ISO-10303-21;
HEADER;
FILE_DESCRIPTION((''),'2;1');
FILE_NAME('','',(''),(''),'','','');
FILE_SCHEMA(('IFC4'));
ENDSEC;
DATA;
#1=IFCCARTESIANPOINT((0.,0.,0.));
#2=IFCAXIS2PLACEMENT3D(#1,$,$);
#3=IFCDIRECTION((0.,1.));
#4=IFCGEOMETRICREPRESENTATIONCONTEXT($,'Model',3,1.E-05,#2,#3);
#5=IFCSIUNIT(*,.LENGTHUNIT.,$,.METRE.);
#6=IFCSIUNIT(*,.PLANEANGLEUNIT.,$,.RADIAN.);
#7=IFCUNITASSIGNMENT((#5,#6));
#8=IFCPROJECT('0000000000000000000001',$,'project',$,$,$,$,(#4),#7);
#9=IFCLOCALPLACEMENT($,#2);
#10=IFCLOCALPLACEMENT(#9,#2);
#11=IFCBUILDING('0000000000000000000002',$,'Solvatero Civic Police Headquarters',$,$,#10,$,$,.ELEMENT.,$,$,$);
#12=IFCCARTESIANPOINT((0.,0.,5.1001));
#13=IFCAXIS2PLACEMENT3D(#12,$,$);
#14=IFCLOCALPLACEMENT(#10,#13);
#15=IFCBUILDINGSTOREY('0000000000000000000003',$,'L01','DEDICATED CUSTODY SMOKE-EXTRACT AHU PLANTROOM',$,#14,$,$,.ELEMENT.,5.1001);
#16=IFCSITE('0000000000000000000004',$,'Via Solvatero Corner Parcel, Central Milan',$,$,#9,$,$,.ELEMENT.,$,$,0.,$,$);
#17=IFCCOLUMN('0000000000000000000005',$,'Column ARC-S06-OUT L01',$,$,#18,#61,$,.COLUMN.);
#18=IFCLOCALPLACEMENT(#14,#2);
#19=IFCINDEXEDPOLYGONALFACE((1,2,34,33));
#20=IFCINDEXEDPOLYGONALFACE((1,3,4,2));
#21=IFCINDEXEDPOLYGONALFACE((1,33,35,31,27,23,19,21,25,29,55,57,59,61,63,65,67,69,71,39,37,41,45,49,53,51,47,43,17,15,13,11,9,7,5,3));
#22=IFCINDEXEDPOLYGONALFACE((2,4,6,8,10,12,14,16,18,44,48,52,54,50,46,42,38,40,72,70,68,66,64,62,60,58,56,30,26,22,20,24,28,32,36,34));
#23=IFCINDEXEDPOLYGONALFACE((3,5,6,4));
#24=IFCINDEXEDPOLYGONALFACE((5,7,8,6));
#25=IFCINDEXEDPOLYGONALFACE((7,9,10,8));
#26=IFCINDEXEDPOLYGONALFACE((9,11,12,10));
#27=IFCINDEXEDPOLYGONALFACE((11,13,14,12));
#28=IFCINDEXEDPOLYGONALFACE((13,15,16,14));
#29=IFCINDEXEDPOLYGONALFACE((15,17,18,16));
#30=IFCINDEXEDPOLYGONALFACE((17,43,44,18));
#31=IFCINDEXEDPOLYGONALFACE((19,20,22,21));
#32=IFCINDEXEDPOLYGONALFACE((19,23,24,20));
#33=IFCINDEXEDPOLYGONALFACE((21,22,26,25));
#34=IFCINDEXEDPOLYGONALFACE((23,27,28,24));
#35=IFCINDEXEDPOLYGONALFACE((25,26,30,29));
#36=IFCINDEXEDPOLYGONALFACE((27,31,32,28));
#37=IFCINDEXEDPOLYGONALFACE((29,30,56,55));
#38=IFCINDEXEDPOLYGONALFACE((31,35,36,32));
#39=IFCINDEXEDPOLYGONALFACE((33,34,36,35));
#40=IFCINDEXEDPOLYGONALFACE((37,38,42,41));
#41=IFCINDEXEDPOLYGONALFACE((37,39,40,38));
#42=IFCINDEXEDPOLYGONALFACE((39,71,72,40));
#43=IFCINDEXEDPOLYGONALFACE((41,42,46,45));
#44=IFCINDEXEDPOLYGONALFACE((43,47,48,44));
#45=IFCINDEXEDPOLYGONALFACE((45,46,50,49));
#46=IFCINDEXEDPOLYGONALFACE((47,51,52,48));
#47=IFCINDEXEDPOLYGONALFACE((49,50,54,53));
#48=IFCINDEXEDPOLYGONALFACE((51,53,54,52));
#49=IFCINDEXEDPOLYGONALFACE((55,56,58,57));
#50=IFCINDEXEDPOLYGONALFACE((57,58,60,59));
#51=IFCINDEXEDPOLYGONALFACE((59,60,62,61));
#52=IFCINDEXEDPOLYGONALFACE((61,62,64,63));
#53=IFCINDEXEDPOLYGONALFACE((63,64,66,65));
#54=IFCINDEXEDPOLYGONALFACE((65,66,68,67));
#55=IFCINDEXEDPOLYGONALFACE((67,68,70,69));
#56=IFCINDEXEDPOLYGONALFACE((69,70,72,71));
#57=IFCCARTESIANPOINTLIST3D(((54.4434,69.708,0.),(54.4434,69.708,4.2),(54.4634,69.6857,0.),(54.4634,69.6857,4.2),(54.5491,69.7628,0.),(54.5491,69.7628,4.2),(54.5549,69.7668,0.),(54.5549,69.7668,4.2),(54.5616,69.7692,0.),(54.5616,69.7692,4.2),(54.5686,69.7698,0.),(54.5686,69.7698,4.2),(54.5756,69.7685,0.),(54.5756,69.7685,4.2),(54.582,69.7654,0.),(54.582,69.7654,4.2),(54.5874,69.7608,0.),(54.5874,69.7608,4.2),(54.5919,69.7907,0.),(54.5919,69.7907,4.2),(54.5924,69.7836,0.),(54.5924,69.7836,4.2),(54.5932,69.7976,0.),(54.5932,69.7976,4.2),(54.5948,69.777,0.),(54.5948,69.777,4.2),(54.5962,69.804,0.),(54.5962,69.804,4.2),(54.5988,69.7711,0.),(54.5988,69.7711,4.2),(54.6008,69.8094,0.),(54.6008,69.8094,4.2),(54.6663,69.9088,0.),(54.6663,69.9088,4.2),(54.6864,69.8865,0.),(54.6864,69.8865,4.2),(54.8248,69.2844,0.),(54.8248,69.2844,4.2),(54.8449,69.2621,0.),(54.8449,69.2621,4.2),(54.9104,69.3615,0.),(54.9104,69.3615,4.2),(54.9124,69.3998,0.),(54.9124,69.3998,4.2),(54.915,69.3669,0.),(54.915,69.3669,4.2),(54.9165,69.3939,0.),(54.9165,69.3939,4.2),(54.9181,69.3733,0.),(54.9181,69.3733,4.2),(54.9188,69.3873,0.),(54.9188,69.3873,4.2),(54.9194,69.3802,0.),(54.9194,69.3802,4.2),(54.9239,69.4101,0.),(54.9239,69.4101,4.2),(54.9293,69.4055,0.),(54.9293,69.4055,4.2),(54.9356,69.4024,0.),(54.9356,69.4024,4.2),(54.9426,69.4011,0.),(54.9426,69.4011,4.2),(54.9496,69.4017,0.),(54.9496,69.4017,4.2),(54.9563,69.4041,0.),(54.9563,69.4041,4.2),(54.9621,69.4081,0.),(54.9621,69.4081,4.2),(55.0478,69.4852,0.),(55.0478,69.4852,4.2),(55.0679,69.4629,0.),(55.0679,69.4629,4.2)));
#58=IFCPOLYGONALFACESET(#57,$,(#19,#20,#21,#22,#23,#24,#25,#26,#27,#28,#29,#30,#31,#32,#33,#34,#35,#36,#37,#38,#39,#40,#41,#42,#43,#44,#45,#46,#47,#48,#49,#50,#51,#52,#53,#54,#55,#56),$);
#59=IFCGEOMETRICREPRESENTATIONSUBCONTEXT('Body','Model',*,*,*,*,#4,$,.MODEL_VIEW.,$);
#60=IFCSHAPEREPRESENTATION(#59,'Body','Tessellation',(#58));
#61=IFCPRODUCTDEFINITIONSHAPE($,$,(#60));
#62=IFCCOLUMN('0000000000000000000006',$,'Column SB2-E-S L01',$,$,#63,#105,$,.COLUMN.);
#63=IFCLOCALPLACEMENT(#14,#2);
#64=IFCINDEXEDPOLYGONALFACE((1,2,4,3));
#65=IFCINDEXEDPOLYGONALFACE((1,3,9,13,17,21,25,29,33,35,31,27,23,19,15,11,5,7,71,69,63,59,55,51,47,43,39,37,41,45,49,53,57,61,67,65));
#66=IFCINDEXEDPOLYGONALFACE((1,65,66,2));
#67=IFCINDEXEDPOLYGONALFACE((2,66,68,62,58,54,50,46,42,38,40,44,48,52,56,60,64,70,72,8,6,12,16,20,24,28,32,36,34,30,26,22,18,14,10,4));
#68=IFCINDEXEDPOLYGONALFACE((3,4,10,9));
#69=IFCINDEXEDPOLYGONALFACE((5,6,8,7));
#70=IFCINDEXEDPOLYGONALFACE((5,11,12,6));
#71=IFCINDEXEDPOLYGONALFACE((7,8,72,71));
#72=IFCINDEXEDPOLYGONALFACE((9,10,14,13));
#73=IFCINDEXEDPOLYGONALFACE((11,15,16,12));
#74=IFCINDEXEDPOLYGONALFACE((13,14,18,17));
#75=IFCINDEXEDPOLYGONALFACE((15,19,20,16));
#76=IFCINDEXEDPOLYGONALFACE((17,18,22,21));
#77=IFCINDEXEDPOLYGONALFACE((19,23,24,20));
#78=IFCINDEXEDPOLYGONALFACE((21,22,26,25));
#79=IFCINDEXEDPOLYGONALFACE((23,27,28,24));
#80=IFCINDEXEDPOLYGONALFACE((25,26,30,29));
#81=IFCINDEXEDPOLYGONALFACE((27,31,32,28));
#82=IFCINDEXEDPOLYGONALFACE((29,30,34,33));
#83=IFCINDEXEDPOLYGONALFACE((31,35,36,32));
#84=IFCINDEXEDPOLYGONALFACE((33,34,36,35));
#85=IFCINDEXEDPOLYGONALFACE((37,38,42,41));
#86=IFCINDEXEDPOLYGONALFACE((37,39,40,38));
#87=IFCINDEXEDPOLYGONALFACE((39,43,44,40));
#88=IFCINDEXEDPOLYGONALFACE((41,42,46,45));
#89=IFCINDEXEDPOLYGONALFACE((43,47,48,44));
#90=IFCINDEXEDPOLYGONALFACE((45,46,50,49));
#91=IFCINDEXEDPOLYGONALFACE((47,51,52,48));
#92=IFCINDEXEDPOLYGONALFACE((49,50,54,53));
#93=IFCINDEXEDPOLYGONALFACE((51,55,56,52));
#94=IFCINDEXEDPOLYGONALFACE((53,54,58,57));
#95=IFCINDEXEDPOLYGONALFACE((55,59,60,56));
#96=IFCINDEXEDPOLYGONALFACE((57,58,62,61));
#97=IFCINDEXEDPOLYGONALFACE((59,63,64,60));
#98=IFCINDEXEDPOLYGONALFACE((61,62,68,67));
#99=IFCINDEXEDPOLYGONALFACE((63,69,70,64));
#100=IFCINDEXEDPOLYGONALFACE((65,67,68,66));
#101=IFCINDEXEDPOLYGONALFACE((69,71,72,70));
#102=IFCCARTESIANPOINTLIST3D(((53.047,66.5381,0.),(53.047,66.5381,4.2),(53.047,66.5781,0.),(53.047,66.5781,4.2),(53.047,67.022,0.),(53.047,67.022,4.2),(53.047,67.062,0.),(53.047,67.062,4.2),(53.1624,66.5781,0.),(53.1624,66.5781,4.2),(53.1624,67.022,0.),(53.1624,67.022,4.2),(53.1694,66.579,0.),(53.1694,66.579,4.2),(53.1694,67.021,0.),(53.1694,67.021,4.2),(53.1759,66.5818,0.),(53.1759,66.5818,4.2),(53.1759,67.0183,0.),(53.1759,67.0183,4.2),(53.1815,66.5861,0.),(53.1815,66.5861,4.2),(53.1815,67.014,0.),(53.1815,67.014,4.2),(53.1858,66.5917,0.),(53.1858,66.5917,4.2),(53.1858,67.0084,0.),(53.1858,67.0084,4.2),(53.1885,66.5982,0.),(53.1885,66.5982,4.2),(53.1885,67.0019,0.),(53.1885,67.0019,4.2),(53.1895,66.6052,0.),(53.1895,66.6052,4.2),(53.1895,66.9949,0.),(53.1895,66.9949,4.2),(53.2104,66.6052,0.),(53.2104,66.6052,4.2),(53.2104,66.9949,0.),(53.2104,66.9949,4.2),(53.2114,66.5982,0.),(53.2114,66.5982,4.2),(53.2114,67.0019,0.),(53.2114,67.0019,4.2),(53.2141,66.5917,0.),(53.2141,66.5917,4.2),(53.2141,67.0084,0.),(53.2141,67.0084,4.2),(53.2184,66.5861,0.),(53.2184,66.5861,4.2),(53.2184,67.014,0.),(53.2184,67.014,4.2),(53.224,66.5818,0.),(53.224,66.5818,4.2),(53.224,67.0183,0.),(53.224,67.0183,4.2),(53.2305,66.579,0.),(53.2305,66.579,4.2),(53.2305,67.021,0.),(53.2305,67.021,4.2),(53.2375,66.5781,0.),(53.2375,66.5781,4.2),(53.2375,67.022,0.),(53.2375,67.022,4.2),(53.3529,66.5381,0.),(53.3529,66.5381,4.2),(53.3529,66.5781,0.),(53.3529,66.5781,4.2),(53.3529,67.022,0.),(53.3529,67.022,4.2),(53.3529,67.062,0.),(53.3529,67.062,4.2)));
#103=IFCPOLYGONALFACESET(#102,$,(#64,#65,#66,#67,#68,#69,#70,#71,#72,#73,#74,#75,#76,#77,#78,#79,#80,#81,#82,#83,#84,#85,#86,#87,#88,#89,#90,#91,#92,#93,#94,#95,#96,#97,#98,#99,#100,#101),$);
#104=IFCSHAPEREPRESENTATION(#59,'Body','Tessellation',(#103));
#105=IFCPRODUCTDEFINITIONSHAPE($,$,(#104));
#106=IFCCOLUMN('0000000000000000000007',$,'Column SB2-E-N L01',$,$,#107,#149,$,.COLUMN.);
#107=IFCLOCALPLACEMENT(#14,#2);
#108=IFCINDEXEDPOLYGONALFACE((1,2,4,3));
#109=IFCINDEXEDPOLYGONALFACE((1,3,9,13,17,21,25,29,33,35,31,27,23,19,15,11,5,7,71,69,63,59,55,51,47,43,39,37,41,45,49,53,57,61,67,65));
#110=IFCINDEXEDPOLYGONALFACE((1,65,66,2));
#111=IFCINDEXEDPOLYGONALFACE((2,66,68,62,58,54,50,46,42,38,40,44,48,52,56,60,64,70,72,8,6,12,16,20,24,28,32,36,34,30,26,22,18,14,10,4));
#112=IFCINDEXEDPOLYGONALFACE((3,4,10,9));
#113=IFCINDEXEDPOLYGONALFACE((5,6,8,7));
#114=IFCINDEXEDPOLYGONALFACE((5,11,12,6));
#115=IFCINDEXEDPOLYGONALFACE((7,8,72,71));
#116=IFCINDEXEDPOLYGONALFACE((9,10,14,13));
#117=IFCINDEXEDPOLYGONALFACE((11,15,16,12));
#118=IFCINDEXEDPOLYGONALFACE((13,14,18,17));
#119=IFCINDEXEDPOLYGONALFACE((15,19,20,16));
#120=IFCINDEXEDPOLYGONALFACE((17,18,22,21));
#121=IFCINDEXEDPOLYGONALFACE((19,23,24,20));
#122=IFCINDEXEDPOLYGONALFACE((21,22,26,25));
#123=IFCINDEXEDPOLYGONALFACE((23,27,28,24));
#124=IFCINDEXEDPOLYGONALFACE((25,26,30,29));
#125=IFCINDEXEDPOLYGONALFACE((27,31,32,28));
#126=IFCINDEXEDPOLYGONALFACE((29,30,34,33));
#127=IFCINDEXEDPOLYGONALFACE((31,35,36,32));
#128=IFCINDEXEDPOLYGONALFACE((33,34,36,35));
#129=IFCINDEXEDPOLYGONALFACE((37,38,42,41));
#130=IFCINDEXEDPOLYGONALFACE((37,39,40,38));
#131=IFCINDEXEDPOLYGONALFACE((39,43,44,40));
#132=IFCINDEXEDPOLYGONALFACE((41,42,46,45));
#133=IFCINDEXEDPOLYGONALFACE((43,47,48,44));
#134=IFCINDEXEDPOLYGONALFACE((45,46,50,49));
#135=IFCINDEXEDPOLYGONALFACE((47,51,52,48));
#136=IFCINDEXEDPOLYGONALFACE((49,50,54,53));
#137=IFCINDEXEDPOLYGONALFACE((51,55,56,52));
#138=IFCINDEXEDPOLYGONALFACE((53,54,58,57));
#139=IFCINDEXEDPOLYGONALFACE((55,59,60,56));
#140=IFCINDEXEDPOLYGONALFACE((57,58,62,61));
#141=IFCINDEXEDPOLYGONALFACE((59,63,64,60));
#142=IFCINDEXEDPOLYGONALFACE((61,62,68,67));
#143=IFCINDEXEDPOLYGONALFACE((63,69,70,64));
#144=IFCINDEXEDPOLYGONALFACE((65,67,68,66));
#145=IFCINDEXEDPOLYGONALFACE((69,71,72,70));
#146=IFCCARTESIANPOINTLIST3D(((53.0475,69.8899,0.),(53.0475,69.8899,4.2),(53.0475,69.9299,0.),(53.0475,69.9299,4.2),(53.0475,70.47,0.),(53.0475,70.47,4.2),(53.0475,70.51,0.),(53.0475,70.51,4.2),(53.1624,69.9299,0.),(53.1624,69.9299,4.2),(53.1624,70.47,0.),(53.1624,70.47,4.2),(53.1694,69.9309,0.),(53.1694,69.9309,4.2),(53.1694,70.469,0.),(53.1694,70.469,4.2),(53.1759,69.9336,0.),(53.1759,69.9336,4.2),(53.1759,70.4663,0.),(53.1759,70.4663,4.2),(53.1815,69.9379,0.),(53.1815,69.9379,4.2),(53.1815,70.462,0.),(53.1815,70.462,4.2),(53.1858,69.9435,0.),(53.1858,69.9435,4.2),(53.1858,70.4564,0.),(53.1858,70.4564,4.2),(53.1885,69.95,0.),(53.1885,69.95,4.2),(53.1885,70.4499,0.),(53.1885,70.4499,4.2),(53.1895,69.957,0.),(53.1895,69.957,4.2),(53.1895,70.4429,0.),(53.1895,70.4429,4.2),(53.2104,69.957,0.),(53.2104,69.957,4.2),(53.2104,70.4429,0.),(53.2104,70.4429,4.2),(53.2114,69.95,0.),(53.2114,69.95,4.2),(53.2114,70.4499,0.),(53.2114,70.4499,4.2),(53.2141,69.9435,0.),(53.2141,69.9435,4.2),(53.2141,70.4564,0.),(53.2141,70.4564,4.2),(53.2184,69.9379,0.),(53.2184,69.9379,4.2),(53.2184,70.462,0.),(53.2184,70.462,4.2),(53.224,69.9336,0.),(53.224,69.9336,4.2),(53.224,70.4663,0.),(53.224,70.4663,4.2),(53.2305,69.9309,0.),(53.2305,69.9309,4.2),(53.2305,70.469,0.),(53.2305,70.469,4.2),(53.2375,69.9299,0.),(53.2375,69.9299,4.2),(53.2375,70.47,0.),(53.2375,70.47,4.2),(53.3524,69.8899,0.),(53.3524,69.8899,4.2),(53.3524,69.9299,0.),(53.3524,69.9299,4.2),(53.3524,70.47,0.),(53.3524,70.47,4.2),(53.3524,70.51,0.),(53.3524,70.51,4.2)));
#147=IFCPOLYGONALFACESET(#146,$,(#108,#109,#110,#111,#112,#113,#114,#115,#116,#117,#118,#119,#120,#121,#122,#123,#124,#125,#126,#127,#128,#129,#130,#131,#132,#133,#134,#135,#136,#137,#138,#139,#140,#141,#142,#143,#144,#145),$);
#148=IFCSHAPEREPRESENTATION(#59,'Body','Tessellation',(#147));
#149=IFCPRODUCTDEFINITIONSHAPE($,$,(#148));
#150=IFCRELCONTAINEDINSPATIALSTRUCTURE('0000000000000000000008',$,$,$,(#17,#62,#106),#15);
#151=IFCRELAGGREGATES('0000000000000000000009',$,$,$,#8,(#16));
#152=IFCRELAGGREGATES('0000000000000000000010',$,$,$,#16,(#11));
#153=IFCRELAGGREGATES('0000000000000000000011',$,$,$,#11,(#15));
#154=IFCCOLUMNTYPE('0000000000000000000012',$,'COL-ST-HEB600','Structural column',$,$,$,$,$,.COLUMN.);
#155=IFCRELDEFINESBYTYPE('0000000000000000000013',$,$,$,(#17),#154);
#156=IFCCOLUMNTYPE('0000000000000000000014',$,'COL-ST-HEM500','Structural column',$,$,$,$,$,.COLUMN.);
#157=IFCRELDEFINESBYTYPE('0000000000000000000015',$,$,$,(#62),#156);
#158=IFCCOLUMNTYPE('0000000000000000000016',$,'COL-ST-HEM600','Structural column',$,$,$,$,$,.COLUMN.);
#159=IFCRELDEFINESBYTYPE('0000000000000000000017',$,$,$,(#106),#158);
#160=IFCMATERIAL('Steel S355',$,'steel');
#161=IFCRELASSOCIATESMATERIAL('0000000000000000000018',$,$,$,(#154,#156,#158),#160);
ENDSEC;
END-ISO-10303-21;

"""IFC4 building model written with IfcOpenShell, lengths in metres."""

from ifc_helpers import new_model, si_unit, direction, frame, origin, origin_2d, place, context, subcontext, project, spatial, i_section, extrude, material, material_profile, profile_set, type_object, element, save


model = new_model("IFC4")

# Units and contexts
model_context = context("Model", 3, precision=1e-05, world=origin(), true_north=direction((0.0, 1.0)))
body_context = subcontext(model_context, "Body", "Model", "MODEL_VIEW")
ifc_project = project(units=[si_unit("LENGTHUNIT", "METRE"), si_unit("PLANEANGLEUNIT", "RADIAN")], contexts=[model_context])

# Site, building, storey
site_placement = place(None, origin())
site = spatial("IfcSite", under=ifc_project, at=site_placement, Name="Via Solvatero Corner Parcel, Central Milan", CompositionType="ELEMENT", RefElevation=0.0)
building_placement = place(site_placement, origin())
building = spatial("IfcBuilding", under=site, at=building_placement, Name="Solvatero Civic Police Headquarters", CompositionType="ELEMENT")
storey_placement = place(building_placement, frame((0.0, 0.0, 5.1001)))
storey = spatial("IfcBuildingStorey", under=building, at=storey_placement, Name="L01", Description="DEDICATED CUSTODY SMOKE-EXTRACT AHU PLANTROOM", CompositionType="ELEMENT", Elevation=5.1001)

# Columns
ifc_material_1 = material(Name="Steel S355", Category="steel")
ifc_material_profile_1 = material_profile(ifc_material_1, i_section(OverallWidth=0.3, OverallDepth=0.6001, WebThickness=0.0154, FlangeThickness=0.03, FilletRadius=0.0271, at=origin_2d()), Name="HEB 600")
ifc_profile_set_1 = profile_set([ifc_material_profile_1], Name="Steel S355")
column_type_1 = type_object("IfcColumnType", Name="COL-ST-HEB600", Description="Structural column", PredefinedType="COLUMN", material=ifc_profile_set_1)
column_1_placement = place(storey_placement, frame((54.7556, 69.5854, 0.0), z_axis=(0.0, 0.0, 1.0), x_axis=(0.743145, 0.669131, 0.0)))
element("IfcColumn", 1, at=column_1_placement, inside=storey, type_object=column_type_1, Name="Column ARC-S06-OUT L01", PredefinedType="COLUMN", context=body_context, shape_type="SweptSolid", body=[
    extrude(i_section(OverallWidth=0.3, OverallDepth=0.6001, WebThickness=0.0154, FlangeThickness=0.03, FilletRadius=0.0271, at=origin_2d()), origin(), (0.0, 0.0, 1.0), 4.2),
])
ifc_material_profile_2 = material_profile(ifc_material_1, i_section(OverallWidth=0.3059, OverallDepth=0.5239, WebThickness=0.021, FlangeThickness=0.04, FilletRadius=0.0271, at=origin_2d()), Name="HEM 500")
ifc_profile_set_2 = profile_set([ifc_material_profile_2], Name="Steel S355")
column_type_2 = type_object("IfcColumnType", Name="COL-ST-HEM500", Description="Structural column", PredefinedType="COLUMN", material=ifc_profile_set_2)
column_2_placement = place(storey_placement, frame((53.2, 66.8, 0.0), z_axis=(0.0, 0.0, 1.0), x_axis=(1.0, 0.0, 0.0)))
element("IfcColumn", 2, at=column_2_placement, inside=storey, type_object=column_type_2, Name="Column SB2-E-S L01", PredefinedType="COLUMN", context=body_context, shape_type="SweptSolid", body=[
    extrude(i_section(OverallWidth=0.3059, OverallDepth=0.5239, WebThickness=0.021, FlangeThickness=0.04, FilletRadius=0.0271, at=origin_2d()), origin(), (0.0, 0.0, 1.0), 4.2),
])
ifc_material_profile_3 = material_profile(ifc_material_1, i_section(OverallWidth=0.3049, OverallDepth=0.6201, WebThickness=0.021, FlangeThickness=0.04, FilletRadius=0.0271, at=origin_2d()), Name="HEM 600")
ifc_profile_set_3 = profile_set([ifc_material_profile_3], Name="Steel S355")
column_type_3 = type_object("IfcColumnType", Name="COL-ST-HEM600", Description="Structural column", PredefinedType="COLUMN", material=ifc_profile_set_3)
column_3_placement = place(storey_placement, frame((53.2, 70.2, 0.0), z_axis=(0.0, 0.0, 1.0), x_axis=(1.0, 0.0, 0.0)))
element("IfcColumn", 3, at=column_3_placement, inside=storey, type_object=column_type_3, Name="Column SB2-E-N L01", PredefinedType="COLUMN", context=body_context, shape_type="SweptSolid", body=[
    extrude(i_section(OverallWidth=0.3049, OverallDepth=0.6201, WebThickness=0.021, FlangeThickness=0.04, FilletRadius=0.0271, at=origin_2d()), origin(), (0.0, 0.0, 1.0), 4.2),
])

save(model, "model.ifc")
